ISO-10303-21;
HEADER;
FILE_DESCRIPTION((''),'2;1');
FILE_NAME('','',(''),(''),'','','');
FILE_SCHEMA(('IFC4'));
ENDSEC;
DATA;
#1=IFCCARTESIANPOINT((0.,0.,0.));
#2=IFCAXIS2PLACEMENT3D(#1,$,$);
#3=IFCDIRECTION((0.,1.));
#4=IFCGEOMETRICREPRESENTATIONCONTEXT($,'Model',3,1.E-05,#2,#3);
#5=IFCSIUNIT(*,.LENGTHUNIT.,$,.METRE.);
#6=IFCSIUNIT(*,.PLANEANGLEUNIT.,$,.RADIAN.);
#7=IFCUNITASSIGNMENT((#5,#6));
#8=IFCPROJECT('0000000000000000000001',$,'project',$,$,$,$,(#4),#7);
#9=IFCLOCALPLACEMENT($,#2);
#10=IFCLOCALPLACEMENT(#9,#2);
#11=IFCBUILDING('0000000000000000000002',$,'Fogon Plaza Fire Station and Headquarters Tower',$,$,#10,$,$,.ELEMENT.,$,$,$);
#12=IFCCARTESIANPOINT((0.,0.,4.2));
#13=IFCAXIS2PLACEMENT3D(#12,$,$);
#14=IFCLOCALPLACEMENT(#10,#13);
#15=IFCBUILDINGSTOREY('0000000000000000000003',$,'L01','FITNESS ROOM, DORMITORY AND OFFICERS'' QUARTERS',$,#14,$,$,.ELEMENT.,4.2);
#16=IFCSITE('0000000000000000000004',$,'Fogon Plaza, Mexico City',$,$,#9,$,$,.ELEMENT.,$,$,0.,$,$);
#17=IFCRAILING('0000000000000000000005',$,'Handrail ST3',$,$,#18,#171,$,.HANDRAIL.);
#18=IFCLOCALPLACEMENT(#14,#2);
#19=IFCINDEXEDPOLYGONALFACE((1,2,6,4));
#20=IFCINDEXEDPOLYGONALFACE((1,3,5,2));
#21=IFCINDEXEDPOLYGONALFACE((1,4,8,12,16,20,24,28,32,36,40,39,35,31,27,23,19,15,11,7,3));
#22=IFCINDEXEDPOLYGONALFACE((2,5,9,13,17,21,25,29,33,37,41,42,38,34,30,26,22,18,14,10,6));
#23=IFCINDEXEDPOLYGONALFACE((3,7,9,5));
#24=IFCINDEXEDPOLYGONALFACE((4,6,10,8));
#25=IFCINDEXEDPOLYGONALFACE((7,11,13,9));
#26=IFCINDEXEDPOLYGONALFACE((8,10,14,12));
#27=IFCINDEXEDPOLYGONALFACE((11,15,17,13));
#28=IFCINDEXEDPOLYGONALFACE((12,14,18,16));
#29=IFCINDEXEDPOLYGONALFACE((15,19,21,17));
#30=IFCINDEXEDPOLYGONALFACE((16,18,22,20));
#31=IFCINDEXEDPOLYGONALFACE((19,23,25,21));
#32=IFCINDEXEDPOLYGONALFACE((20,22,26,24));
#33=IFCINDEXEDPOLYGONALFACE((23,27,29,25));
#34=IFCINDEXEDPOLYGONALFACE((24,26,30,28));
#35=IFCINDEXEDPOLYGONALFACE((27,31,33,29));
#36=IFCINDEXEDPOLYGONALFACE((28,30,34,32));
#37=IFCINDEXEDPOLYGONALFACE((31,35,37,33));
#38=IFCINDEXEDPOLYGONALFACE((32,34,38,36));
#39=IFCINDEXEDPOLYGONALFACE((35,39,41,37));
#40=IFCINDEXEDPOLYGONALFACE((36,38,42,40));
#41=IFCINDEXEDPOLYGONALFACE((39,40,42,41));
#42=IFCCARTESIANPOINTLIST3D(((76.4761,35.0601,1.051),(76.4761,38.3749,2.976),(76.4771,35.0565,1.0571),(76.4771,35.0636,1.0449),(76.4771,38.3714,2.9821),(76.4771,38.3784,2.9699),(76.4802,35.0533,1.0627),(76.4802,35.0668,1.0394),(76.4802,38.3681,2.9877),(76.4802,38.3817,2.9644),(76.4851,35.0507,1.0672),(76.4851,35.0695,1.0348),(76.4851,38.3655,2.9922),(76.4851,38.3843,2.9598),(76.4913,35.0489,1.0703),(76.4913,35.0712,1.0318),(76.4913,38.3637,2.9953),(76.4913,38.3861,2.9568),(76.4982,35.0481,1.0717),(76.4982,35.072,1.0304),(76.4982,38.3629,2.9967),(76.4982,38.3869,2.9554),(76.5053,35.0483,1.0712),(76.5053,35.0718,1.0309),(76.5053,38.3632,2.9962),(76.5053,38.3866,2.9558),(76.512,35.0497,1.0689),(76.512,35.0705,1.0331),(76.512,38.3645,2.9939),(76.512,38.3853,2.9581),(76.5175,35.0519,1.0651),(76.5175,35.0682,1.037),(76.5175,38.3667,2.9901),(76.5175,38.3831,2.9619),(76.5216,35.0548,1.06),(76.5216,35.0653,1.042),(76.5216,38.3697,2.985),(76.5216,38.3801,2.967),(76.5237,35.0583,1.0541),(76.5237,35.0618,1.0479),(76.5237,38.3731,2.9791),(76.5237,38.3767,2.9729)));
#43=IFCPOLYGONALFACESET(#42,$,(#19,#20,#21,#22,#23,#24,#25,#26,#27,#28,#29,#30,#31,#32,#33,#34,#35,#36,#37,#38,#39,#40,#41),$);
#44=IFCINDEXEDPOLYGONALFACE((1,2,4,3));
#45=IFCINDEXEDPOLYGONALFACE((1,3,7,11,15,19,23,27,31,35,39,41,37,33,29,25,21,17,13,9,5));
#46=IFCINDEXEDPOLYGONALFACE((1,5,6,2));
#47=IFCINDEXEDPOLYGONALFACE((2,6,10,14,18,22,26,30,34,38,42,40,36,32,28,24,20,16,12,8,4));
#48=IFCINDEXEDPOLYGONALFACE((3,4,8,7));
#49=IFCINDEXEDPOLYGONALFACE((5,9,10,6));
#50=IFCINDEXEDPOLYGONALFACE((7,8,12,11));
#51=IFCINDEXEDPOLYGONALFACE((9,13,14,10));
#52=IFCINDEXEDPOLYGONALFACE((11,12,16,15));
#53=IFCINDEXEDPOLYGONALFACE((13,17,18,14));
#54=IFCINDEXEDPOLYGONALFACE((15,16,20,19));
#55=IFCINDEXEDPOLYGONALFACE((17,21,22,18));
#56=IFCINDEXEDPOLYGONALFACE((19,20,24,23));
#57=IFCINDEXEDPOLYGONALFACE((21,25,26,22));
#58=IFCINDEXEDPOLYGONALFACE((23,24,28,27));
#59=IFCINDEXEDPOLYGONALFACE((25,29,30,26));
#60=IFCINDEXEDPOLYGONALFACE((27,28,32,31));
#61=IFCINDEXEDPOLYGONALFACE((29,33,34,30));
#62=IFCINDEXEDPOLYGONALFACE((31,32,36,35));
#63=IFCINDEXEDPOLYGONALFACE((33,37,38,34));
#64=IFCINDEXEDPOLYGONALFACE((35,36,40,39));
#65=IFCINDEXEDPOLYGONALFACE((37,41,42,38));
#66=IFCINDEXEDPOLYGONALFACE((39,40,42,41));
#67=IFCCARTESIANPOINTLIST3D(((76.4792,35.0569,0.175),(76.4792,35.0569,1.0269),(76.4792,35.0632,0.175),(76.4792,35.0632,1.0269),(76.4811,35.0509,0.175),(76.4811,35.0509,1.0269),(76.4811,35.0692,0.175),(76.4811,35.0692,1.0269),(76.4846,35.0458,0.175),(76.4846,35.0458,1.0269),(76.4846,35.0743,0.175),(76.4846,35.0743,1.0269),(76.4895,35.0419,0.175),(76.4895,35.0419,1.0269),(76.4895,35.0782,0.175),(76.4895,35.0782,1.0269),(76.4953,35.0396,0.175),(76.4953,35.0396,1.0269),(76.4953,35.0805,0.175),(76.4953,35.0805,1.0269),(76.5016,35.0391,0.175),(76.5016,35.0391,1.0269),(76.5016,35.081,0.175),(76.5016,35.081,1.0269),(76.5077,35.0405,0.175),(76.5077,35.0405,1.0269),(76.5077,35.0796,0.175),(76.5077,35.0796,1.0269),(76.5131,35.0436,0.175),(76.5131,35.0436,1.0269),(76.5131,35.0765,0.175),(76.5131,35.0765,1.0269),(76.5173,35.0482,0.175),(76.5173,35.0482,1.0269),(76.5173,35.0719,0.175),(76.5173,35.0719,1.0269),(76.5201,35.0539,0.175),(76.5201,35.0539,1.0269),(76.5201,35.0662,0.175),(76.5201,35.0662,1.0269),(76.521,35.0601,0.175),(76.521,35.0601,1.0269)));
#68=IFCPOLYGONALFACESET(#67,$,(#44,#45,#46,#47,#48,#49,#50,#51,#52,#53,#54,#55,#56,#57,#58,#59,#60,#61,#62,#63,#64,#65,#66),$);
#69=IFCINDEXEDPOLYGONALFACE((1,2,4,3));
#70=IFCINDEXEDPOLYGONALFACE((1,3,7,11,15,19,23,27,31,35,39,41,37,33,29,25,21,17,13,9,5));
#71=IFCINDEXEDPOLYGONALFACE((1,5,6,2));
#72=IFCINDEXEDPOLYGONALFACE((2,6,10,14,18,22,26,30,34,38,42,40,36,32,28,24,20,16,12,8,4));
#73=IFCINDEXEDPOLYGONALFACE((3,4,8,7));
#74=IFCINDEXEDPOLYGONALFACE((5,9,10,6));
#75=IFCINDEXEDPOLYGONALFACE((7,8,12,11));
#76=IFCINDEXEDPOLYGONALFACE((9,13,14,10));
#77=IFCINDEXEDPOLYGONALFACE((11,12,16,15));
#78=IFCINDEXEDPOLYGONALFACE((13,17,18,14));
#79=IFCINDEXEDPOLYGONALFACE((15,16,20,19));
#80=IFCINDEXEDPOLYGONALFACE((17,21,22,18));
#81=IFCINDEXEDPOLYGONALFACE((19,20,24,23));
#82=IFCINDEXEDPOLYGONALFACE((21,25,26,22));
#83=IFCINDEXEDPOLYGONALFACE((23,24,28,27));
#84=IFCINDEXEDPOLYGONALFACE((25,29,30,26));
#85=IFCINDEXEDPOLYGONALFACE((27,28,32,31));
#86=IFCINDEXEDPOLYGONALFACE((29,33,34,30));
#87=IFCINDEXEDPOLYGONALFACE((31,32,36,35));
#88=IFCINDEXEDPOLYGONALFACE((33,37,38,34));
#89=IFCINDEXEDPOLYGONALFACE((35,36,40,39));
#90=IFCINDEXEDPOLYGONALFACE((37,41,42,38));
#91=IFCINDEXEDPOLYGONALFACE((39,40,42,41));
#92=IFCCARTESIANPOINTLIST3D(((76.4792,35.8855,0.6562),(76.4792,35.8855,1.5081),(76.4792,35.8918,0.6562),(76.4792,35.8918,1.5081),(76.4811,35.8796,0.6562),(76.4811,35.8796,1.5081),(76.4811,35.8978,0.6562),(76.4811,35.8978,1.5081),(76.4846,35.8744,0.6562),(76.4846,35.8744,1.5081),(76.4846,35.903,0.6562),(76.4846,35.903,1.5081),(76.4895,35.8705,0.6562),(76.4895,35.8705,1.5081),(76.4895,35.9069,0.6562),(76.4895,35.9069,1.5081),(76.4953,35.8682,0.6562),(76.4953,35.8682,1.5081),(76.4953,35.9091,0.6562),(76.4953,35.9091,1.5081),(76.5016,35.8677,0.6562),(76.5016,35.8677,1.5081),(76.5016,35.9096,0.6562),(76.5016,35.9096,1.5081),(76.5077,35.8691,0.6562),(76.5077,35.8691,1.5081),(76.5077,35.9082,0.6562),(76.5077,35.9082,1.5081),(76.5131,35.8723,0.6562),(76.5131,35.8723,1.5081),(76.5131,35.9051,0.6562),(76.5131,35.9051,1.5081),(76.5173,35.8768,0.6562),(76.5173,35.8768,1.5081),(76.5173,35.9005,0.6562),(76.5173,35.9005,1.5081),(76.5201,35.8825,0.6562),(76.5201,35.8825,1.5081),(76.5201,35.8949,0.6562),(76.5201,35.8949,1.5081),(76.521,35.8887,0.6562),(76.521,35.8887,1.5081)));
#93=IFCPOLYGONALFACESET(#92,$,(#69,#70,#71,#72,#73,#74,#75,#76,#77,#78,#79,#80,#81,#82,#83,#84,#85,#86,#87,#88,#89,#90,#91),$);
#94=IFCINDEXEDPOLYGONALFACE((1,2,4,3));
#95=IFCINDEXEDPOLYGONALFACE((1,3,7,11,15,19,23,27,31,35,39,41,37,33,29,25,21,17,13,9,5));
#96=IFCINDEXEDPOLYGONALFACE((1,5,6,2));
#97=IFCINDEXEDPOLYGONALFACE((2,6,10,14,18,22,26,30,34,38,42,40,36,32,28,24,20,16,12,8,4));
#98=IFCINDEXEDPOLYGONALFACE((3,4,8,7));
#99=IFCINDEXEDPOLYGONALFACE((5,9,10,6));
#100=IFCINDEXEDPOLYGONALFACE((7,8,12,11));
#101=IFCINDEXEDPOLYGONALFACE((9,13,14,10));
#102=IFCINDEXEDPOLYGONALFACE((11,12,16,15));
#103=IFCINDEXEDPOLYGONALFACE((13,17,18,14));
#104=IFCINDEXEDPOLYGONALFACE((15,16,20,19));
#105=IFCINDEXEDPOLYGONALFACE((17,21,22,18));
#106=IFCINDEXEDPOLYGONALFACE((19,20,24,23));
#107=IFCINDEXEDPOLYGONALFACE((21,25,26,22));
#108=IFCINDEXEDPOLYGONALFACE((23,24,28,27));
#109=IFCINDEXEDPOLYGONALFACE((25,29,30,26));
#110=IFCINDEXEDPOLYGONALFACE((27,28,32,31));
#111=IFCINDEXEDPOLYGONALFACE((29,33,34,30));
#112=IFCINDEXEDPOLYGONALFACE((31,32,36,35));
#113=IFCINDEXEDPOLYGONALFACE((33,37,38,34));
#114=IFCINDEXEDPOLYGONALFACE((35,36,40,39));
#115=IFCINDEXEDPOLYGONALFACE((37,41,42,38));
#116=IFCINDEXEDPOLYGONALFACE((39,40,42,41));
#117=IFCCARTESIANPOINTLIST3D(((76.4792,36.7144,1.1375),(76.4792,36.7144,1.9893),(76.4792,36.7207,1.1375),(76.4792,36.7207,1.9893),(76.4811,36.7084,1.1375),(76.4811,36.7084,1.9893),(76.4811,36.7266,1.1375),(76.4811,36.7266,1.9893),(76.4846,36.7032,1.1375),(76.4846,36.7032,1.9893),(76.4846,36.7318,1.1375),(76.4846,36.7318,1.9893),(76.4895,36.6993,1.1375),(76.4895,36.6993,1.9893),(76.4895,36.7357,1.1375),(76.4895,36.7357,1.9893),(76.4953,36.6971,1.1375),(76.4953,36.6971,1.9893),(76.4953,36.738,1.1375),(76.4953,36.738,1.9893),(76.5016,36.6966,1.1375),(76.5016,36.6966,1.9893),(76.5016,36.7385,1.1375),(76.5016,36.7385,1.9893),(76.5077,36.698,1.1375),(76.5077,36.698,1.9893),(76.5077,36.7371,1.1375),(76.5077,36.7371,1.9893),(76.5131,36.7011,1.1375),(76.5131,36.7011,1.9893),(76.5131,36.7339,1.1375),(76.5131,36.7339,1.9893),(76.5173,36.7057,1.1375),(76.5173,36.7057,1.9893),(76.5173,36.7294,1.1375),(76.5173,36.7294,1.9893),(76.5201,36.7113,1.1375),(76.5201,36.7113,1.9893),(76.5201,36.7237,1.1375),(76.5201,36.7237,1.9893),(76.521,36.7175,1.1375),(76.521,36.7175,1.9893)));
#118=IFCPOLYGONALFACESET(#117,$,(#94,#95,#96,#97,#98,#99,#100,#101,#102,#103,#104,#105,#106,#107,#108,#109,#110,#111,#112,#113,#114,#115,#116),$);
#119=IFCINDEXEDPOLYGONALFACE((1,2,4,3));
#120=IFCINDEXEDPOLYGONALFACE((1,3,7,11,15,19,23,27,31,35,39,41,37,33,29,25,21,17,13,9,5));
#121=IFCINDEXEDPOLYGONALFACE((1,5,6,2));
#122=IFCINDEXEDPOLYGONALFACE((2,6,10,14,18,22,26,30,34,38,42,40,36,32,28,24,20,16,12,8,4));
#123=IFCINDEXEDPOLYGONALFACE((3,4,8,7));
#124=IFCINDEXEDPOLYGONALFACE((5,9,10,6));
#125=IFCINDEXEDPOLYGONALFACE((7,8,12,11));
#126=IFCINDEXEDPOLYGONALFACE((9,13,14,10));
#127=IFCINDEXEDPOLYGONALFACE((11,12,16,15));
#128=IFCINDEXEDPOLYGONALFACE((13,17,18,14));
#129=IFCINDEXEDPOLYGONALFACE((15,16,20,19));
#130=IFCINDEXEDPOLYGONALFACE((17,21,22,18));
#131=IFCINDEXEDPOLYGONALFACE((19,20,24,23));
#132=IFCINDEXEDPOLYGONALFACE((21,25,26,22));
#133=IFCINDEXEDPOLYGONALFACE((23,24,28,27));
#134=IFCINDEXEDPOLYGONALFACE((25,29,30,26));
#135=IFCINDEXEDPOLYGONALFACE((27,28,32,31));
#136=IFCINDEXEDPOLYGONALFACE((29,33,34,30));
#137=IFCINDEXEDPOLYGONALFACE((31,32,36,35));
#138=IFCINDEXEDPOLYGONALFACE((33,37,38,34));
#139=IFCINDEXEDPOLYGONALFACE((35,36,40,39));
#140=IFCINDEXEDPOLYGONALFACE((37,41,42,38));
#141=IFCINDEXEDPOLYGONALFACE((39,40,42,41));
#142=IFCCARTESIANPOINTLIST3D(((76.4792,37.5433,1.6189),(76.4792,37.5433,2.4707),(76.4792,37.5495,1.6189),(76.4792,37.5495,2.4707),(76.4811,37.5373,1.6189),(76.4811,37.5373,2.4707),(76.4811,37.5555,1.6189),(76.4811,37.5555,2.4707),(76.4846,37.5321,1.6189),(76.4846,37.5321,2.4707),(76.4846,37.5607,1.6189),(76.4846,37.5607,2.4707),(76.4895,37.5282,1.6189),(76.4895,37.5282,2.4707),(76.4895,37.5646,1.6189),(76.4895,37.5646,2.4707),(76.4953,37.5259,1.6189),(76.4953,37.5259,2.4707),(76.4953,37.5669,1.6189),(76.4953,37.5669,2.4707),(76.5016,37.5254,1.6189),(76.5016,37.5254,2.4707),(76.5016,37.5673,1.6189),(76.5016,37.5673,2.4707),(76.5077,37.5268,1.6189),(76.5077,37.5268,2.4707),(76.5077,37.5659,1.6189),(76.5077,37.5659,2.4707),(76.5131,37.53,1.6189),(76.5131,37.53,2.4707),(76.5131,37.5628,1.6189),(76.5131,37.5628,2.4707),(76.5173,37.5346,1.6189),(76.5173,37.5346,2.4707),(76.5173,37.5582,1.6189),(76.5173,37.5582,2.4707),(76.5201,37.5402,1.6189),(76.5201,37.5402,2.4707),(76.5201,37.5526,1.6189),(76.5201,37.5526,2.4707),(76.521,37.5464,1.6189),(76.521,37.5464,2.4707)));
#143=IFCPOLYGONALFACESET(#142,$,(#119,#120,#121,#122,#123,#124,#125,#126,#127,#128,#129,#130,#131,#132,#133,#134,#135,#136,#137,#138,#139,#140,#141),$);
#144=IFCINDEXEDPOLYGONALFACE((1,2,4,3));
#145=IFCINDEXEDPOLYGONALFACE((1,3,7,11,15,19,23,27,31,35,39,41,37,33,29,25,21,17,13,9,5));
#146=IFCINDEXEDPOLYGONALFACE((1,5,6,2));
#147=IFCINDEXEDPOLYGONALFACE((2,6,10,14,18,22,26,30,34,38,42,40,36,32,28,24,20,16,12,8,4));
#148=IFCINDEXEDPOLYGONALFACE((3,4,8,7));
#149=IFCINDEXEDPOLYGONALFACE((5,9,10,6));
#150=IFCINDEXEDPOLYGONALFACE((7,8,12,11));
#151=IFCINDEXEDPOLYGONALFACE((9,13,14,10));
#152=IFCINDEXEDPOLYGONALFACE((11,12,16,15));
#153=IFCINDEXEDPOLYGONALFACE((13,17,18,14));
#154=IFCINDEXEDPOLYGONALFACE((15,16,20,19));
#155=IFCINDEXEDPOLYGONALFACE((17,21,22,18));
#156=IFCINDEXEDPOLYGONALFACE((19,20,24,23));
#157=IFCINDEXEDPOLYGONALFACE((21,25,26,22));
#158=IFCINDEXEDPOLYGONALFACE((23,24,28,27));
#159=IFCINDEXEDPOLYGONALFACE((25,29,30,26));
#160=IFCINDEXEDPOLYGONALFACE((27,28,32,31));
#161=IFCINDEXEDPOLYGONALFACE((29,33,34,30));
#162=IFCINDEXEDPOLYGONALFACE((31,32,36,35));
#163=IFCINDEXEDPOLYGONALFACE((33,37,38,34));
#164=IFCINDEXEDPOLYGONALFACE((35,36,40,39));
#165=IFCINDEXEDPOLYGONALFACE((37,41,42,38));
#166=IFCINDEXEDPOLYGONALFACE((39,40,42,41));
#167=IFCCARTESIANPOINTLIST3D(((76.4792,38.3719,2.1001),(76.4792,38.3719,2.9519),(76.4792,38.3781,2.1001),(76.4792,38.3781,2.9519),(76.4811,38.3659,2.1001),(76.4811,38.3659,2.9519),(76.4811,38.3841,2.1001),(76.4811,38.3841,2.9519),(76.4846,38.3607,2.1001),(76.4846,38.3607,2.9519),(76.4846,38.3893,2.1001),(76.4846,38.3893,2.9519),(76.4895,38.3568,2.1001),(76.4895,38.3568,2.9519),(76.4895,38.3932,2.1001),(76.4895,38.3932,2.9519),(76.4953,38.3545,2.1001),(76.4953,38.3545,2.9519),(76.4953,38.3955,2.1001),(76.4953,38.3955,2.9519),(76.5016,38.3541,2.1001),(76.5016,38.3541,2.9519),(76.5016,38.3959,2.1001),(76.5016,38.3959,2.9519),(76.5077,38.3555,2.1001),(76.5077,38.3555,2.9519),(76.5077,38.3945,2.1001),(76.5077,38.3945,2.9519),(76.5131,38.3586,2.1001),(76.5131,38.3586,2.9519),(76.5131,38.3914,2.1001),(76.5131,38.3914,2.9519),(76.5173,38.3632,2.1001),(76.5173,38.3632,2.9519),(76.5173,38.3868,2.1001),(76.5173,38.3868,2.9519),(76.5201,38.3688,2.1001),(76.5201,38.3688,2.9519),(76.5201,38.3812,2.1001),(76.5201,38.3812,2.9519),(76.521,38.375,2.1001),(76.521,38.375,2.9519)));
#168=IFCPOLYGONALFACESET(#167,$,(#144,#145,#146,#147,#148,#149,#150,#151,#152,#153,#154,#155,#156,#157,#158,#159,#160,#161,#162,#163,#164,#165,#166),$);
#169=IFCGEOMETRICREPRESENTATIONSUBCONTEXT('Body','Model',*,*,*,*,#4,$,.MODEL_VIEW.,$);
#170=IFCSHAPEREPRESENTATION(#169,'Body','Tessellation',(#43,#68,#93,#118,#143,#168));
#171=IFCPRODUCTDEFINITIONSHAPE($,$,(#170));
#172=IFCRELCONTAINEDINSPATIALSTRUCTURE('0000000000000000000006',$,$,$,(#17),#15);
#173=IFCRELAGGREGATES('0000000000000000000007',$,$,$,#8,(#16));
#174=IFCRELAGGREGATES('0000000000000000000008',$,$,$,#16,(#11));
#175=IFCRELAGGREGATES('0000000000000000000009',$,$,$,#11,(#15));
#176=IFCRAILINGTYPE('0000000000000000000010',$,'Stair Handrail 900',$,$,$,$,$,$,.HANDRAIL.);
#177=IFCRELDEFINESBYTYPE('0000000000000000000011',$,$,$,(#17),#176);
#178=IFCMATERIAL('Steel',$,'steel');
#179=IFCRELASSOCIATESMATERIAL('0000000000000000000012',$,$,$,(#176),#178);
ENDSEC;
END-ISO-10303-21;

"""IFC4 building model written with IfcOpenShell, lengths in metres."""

from ifc_helpers import new_model, si_unit, direction, frame, origin, origin_2d, place, context, subcontext, project, spatial, circle, extrude, material, type_object, element, save


model = new_model("IFC4")

# Units and contexts
model_context = context("Model", 3, precision=1e-05, world=origin(), true_north=direction((0.0, 1.0)))
body_context = subcontext(model_context, "Body", "Model", "MODEL_VIEW")
ifc_project = project(units=[si_unit("LENGTHUNIT", "METRE"), si_unit("PLANEANGLEUNIT", "RADIAN")], contexts=[model_context])

# Site, building, storey
site_placement = place(None, origin())
site = spatial("IfcSite", under=ifc_project, at=site_placement, Name="Fogon Plaza, Mexico City", CompositionType="ELEMENT", RefElevation=0.0)
building_placement = place(site_placement, origin())
building = spatial("IfcBuilding", under=site, at=building_placement, Name="Fogon Plaza Fire Station and Headquarters Tower", CompositionType="ELEMENT")
storey_placement = place(building_placement, frame((0.0, 0.0, 4.2)))
storey = spatial("IfcBuildingStorey", under=building, at=storey_placement, Name="L01", Description="FITNESS ROOM, DORMITORY AND OFFICERS' QUARTERS", CompositionType="ELEMENT", Elevation=4.2)

# Railing
ifc_material_1 = material(Name="Steel", Category="steel")
railing_type = type_object("IfcRailingType", Name="Stair Handrail 900", PredefinedType="HANDRAIL", material=ifc_material_1)
railing_placement = place(storey_placement, frame((76.5, 35.0601, 0.175)))
element("IfcRailing", 1, at=railing_placement, inside=storey, type_object=railing_type, Name="Handrail ST3", PredefinedType="HANDRAIL", context=body_context, shape_type="SweptSolid", body=[
    extrude(circle(Radius=0.0239, at=origin_2d()), frame((0.0, 0.0, 0.876), z_axis=(0.0, 0.864761, 0.502183), x_axis=(-1.0, 0.0, 0.0)), (0.0, 0.0, 1.0), 3.8333),
    extrude(circle(Radius=0.021, at=origin_2d()), origin(), (0.0, 0.0, 1.0), 0.8518),
    extrude(circle(Radius=0.021, at=origin_2d()), frame((0.0, 0.8286, 0.4812)), (0.0, 0.0, 1.0), 0.8518),
    extrude(circle(Radius=0.021, at=origin_2d()), frame((0.0, 1.6575, 0.9624)), (0.0, 0.0, 1.0), 0.8518),
    extrude(circle(Radius=0.021, at=origin_2d()), frame((0.0, 2.4863, 1.4438)), (0.0, 0.0, 1.0), 0.8518),
    extrude(circle(Radius=0.021, at=origin_2d()), frame((0.0, 3.3149, 1.925)), (0.0, 0.0, 1.0), 0.8518),
])

save(model, "model.ifc")
